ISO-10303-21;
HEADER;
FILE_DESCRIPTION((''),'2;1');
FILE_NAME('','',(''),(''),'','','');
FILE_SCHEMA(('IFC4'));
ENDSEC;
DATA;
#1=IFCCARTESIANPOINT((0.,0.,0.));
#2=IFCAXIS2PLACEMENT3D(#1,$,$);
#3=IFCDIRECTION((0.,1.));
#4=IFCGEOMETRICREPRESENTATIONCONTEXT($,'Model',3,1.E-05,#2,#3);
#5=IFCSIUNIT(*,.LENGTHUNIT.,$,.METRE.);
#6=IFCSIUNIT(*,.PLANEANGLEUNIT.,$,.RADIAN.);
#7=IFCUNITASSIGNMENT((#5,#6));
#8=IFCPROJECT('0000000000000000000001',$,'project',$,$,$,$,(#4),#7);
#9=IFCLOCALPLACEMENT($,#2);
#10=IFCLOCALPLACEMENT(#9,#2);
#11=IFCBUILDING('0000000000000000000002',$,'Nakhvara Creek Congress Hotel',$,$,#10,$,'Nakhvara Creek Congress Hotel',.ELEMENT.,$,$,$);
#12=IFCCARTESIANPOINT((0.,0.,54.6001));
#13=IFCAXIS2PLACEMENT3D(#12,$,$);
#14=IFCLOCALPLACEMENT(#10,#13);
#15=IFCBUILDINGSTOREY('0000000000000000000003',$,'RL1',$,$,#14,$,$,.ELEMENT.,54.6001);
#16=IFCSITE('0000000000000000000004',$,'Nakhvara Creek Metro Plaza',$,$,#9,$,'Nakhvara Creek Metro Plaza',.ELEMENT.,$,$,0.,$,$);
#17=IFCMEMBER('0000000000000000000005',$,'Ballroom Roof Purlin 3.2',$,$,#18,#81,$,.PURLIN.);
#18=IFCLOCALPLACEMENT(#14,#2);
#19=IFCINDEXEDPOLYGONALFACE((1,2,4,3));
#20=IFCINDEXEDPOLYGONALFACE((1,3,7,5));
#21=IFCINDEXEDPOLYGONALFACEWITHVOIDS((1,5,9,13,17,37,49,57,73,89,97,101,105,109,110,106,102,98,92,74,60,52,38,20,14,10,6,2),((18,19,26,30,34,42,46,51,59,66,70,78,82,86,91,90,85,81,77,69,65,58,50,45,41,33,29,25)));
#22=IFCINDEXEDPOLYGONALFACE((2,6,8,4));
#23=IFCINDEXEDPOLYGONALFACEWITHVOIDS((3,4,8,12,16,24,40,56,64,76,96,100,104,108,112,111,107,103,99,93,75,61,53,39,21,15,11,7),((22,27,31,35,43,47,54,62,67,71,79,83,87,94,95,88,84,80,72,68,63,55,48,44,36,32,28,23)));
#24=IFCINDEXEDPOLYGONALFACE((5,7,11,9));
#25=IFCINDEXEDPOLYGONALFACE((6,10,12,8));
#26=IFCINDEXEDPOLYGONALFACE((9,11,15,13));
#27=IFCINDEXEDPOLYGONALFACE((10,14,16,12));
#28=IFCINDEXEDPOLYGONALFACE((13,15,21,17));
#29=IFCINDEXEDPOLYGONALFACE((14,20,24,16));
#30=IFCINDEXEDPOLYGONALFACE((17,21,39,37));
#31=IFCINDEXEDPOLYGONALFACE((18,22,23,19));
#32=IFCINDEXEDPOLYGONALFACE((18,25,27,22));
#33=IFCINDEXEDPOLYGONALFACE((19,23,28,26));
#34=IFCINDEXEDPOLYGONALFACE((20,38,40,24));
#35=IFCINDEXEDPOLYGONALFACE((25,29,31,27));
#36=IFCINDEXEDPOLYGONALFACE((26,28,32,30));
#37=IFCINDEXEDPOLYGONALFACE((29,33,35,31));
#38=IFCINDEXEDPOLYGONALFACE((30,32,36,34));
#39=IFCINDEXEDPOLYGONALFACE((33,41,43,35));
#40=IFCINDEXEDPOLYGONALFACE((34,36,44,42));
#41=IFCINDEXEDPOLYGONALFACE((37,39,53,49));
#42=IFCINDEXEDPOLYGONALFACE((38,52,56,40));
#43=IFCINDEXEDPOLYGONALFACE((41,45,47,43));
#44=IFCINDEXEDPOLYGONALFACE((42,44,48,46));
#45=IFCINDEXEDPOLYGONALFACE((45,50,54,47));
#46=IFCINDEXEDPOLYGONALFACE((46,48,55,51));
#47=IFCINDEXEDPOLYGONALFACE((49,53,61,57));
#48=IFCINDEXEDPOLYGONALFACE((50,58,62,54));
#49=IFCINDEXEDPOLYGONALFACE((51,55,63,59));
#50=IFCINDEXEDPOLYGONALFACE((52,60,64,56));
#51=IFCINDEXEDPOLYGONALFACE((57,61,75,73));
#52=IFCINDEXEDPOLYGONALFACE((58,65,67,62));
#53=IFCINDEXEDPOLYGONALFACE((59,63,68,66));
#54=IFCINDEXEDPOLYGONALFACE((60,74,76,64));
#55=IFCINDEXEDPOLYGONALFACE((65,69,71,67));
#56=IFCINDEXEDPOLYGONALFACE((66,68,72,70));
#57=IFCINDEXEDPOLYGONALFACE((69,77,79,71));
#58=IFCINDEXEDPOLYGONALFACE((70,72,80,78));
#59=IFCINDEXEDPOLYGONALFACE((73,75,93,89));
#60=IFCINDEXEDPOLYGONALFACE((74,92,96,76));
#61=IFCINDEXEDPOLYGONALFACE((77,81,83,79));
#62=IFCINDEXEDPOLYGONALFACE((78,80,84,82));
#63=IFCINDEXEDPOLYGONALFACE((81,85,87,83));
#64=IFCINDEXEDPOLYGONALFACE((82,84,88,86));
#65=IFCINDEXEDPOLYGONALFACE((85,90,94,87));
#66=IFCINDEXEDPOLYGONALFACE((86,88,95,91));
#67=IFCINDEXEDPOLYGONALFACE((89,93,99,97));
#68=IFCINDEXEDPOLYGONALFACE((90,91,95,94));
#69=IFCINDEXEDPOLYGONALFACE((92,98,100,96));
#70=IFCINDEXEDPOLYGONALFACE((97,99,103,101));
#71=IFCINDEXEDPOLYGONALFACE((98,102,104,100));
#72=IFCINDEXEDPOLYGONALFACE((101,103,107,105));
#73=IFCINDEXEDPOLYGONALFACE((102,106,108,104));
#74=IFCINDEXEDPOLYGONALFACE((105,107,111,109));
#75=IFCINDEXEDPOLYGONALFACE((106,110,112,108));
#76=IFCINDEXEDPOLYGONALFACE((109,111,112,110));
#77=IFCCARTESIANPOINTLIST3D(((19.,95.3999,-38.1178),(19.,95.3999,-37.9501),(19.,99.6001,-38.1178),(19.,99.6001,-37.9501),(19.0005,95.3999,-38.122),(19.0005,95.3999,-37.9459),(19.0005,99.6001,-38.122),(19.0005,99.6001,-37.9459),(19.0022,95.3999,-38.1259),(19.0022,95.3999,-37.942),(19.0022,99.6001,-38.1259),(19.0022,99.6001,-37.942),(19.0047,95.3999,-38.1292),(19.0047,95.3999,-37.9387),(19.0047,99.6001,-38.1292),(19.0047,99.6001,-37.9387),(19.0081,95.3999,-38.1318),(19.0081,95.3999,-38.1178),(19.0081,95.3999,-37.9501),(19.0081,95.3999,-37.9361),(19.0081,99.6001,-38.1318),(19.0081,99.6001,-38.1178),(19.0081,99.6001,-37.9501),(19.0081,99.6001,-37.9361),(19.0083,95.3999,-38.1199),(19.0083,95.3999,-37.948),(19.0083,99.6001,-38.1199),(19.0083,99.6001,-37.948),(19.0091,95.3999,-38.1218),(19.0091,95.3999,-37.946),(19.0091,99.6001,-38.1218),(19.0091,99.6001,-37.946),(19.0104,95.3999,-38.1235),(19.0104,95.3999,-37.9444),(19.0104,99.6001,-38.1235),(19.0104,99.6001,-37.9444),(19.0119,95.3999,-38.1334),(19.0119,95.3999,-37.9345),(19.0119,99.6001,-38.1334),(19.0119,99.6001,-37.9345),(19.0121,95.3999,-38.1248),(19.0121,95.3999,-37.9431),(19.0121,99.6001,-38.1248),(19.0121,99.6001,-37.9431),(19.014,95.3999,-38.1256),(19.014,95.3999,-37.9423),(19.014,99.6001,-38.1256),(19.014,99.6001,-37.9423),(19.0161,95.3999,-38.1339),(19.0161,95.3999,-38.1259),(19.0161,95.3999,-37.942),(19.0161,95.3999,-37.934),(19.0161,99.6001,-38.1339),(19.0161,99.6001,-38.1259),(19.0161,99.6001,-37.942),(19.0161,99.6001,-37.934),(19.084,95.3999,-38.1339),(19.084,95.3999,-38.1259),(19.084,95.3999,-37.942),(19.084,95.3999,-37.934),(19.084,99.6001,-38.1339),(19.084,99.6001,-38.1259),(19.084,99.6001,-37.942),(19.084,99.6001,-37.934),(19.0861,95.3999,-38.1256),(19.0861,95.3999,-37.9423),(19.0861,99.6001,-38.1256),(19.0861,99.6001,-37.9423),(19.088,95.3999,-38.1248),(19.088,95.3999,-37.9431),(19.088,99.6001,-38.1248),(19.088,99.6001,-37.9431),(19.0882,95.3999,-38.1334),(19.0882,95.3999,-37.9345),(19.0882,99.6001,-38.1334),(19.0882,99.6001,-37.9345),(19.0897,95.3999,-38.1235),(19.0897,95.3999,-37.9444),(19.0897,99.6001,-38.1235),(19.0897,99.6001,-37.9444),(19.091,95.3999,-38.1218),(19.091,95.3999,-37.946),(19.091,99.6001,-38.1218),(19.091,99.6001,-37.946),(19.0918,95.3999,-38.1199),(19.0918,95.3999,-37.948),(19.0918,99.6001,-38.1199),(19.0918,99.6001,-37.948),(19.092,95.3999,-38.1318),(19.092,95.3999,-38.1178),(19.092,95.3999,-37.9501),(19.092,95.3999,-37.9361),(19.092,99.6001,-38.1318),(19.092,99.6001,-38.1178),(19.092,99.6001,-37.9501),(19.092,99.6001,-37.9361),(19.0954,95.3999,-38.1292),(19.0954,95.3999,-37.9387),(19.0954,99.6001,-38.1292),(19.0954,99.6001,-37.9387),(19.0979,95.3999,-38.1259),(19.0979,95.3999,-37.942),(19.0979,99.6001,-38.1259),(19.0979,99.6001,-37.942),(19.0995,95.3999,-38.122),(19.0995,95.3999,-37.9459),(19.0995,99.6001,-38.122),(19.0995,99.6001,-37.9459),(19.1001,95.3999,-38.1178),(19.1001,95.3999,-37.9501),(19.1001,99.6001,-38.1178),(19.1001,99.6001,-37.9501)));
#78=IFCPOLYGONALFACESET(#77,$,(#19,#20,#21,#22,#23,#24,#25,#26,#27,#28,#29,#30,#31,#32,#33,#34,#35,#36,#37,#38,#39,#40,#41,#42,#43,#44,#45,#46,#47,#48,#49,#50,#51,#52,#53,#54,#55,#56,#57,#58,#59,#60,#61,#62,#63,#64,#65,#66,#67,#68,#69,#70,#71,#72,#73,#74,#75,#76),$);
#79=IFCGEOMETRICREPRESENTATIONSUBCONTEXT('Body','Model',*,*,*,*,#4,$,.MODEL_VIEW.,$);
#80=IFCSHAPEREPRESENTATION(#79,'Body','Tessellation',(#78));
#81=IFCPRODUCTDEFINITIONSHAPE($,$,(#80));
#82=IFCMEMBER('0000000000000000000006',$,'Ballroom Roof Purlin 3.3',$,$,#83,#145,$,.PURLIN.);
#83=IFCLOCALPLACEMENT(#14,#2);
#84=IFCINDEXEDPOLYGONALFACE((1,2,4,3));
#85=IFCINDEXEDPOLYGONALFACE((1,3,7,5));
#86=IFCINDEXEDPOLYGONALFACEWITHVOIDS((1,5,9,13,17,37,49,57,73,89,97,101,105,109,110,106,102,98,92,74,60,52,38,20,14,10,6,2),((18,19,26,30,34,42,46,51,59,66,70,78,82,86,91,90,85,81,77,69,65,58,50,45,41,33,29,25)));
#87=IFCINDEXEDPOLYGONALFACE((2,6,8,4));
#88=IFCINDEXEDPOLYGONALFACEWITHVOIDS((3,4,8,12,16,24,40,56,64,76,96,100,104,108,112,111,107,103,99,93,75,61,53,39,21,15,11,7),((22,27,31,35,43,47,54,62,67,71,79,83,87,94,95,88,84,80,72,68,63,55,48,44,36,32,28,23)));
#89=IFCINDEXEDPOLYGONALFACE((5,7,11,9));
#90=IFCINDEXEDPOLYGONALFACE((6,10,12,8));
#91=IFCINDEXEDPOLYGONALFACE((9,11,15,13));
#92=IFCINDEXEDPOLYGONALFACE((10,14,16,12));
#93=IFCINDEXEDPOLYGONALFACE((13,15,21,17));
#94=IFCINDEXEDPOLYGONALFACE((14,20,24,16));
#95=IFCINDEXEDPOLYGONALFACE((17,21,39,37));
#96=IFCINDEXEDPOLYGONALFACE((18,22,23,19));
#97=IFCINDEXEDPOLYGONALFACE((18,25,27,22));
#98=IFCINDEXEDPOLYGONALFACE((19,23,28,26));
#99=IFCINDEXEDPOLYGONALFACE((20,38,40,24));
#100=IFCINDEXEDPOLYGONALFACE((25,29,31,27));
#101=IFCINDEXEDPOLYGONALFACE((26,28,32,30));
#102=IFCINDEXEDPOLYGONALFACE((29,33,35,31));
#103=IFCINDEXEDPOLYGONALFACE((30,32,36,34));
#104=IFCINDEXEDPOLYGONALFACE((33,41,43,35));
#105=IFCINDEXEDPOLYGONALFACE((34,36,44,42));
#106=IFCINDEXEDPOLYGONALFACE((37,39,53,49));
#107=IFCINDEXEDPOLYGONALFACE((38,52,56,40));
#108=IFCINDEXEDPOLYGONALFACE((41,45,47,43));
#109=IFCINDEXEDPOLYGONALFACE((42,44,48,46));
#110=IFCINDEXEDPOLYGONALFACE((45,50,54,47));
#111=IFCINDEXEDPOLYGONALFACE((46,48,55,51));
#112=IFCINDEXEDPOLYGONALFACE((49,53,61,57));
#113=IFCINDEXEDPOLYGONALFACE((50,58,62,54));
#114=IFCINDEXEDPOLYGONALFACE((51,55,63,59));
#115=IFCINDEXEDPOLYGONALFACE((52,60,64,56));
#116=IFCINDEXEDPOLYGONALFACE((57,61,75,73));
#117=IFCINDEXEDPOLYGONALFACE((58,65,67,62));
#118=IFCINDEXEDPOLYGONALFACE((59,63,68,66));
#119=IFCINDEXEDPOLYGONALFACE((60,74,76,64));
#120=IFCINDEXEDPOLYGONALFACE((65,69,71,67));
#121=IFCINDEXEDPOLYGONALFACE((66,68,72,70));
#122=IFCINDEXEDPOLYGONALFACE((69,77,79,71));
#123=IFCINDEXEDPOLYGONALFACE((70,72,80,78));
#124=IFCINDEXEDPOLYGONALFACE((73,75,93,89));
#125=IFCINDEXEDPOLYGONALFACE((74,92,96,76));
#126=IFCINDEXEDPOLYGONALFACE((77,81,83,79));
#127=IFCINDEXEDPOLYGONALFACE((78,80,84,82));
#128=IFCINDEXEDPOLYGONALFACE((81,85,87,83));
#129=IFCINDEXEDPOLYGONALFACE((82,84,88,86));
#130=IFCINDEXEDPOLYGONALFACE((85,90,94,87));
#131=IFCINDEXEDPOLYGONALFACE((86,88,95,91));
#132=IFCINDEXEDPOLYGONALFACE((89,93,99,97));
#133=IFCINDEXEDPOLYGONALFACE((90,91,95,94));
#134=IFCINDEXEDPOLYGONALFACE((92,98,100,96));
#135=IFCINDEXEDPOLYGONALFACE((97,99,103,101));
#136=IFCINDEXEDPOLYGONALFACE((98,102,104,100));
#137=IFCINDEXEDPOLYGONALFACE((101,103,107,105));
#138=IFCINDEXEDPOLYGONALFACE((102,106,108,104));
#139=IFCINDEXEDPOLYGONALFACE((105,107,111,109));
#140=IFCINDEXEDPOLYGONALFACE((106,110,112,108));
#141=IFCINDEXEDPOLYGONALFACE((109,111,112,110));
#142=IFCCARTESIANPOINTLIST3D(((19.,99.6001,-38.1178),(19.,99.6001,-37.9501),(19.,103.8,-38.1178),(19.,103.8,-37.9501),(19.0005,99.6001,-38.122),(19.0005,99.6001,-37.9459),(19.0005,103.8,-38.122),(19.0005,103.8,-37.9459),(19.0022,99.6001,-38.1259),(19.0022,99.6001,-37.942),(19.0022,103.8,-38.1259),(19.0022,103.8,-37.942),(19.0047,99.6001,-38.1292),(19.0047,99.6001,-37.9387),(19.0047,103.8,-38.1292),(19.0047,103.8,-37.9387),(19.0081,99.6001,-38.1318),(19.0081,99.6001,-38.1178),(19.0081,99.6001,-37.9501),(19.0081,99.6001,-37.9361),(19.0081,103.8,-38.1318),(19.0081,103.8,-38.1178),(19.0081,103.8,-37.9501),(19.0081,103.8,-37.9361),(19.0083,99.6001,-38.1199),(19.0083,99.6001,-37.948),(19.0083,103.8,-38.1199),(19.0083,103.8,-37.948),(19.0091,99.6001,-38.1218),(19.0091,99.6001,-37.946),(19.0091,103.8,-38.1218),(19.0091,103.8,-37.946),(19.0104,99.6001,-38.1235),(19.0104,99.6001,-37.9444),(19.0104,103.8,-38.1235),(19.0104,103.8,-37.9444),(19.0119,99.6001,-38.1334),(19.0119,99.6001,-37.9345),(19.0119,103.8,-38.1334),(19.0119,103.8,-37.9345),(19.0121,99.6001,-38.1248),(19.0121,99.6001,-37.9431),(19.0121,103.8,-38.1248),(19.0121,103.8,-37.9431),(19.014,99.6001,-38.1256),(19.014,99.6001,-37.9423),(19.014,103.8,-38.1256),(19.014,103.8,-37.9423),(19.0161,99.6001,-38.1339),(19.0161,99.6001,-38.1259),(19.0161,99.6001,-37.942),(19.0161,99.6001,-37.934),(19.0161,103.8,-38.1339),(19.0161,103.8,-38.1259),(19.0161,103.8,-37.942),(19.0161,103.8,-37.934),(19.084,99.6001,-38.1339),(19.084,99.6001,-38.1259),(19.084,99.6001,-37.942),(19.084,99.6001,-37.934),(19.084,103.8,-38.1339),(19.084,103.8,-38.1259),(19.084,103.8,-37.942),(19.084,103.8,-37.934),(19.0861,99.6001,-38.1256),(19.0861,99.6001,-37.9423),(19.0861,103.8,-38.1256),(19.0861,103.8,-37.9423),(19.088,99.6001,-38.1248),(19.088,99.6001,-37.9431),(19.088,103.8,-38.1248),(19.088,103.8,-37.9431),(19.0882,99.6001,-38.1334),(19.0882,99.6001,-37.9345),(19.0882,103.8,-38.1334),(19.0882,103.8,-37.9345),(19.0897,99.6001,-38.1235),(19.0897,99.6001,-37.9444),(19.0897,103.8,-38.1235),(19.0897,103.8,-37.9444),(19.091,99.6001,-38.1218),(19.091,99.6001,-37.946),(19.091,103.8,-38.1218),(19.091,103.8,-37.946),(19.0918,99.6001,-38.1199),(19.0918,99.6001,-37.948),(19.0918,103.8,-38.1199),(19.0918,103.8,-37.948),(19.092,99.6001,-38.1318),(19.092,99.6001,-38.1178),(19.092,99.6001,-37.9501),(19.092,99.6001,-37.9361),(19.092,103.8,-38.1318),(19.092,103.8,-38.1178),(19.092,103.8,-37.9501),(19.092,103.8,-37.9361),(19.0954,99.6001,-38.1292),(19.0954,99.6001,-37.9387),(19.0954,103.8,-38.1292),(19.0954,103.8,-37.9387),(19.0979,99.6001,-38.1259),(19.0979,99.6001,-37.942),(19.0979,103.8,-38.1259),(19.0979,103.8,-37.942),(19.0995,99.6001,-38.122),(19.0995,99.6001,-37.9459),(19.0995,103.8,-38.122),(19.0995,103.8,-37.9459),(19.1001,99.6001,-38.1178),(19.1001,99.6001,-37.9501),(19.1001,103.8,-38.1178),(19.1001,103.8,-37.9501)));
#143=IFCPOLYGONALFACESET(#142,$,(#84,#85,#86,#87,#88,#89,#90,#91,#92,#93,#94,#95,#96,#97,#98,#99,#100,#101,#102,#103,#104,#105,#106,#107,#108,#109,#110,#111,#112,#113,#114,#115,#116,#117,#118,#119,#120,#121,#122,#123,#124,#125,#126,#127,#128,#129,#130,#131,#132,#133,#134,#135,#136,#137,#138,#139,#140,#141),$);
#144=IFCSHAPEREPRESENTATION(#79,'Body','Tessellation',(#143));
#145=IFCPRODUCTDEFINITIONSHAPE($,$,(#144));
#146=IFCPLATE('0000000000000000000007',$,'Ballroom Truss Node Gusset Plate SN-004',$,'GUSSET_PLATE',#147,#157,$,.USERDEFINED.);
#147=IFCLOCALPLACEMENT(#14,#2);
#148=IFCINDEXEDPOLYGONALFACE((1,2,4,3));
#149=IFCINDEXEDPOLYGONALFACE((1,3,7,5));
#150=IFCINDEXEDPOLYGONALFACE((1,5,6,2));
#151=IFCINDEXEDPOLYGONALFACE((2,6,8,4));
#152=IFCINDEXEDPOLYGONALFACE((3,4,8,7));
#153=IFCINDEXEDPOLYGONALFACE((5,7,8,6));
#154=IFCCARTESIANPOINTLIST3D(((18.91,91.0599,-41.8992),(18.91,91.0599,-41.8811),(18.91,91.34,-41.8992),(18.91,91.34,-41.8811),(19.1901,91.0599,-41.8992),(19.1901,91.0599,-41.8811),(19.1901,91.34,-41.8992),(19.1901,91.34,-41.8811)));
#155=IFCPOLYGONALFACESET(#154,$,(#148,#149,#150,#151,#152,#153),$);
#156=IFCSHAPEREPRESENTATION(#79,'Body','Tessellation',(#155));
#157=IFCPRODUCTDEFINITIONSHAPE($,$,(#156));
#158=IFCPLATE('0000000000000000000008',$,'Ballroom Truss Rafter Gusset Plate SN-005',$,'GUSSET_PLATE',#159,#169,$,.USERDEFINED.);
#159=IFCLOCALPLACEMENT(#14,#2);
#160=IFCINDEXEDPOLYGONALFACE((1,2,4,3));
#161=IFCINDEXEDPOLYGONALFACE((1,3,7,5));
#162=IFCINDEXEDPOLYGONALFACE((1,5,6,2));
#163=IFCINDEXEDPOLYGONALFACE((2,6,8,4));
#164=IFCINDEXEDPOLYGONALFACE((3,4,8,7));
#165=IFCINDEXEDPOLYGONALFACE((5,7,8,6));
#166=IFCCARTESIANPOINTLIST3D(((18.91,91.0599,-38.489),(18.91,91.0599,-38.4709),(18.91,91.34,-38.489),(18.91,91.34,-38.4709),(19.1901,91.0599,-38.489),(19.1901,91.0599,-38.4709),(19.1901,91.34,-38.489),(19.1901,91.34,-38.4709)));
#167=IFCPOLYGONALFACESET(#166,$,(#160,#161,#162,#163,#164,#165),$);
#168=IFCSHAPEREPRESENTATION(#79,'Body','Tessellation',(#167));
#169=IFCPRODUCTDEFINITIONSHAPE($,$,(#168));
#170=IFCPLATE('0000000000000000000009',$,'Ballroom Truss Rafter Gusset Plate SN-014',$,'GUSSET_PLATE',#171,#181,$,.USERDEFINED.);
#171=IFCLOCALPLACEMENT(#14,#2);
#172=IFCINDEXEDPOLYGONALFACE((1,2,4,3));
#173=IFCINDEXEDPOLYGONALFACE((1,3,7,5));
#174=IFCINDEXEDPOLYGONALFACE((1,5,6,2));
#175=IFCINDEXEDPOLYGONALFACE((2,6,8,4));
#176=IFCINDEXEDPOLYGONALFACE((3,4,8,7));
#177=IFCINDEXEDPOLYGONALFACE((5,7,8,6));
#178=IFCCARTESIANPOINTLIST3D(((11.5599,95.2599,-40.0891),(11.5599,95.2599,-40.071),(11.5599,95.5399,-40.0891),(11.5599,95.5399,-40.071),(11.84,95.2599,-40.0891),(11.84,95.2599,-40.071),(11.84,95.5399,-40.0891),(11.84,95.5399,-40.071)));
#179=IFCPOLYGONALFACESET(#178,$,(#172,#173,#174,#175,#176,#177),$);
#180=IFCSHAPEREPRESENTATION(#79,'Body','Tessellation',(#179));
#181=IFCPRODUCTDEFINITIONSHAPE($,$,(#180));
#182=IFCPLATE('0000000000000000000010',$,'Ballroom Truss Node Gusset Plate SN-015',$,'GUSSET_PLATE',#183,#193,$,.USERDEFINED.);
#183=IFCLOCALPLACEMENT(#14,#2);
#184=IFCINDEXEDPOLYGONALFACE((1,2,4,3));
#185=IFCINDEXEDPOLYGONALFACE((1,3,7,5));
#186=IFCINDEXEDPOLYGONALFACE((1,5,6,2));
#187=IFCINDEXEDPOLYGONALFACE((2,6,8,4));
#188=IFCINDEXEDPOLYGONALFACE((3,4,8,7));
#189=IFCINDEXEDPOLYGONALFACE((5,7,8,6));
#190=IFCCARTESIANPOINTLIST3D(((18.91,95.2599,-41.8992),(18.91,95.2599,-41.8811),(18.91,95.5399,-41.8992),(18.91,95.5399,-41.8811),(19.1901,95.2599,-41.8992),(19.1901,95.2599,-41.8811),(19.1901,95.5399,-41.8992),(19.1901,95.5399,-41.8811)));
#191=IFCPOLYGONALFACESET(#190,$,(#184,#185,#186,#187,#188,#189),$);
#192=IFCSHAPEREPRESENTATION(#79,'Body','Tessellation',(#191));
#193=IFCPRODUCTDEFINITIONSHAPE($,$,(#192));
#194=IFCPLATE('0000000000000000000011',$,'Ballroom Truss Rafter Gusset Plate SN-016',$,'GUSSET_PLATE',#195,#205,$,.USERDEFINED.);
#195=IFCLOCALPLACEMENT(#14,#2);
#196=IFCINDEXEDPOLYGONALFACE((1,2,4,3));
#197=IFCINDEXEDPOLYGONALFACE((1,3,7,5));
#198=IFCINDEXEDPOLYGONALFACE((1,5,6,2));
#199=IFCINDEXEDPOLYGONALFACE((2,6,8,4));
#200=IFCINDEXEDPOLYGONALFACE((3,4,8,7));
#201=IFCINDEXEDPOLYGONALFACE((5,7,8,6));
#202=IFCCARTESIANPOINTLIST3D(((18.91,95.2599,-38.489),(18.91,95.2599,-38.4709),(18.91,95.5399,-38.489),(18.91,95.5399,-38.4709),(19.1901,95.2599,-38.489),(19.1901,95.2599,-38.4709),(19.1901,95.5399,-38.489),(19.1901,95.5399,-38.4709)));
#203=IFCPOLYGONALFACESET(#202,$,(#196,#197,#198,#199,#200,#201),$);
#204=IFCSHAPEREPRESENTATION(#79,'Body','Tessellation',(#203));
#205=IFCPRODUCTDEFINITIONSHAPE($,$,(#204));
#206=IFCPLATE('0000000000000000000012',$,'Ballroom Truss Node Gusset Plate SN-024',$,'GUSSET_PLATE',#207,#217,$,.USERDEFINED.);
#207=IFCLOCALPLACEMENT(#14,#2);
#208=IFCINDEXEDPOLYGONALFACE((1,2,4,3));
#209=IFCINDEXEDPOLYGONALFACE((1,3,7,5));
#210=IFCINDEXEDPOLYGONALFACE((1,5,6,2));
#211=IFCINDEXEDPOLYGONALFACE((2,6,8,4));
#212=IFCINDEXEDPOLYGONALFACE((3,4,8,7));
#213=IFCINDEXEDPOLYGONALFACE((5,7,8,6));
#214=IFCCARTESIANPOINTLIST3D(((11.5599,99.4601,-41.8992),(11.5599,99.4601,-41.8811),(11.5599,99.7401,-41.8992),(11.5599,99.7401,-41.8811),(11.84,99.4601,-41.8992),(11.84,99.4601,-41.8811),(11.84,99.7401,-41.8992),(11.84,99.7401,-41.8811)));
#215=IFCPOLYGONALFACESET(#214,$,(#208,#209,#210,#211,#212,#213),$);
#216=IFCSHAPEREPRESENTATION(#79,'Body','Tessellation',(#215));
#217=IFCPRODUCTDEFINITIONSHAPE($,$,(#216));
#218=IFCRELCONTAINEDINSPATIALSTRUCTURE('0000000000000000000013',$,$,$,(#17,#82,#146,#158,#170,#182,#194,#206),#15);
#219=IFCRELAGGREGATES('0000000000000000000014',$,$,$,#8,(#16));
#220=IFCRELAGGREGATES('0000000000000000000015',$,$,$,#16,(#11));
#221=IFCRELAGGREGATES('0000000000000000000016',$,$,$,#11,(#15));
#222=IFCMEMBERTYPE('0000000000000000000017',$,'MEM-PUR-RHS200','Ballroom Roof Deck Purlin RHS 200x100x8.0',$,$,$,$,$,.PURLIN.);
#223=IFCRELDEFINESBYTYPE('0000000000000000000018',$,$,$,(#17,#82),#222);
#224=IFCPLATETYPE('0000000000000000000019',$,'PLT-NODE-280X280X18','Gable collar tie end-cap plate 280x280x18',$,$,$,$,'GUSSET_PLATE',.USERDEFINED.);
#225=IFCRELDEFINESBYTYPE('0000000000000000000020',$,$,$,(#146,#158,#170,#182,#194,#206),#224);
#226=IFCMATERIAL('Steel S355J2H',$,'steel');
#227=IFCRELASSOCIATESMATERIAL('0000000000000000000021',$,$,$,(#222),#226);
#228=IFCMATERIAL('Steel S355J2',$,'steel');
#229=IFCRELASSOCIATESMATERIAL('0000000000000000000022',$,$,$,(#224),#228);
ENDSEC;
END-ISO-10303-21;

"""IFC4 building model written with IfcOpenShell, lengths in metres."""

from ifc_helpers import new_model, si_unit, direction, frame, origin, origin_2d, place, context, subcontext, project, spatial, rectangle, hollow_rectangle, extrude, material, material_profile, profile_set, type_object, element, save


model = new_model("IFC4")

# Units and contexts
model_context = context("Model", 3, precision=1e-05, world=origin(), true_north=direction((0.0, 1.0)))
body_context = subcontext(model_context, "Body", "Model", "MODEL_VIEW")
ifc_project = project(units=[si_unit("LENGTHUNIT", "METRE"), si_unit("PLANEANGLEUNIT", "RADIAN")], contexts=[model_context])

# Site, building, storey
site_placement = place(None, origin())
site = spatial("IfcSite", under=ifc_project, at=site_placement, Name="Nakhvara Creek Metro Plaza", LongName="Nakhvara Creek Metro Plaza", CompositionType="ELEMENT", RefElevation=0.0)
building_placement = place(site_placement, origin())
building = spatial("IfcBuilding", under=site, at=building_placement, Name="Nakhvara Creek Congress Hotel", LongName="Nakhvara Creek Congress Hotel", CompositionType="ELEMENT")
storey_placement = place(building_placement, frame((0.0, 0.0, 54.6001)))
storey = spatial("IfcBuildingStorey", under=building, at=storey_placement, Name="RL1", CompositionType="ELEMENT", Elevation=54.6001)

# Members
ifc_material_1 = material(Name="Steel S355J2H", Category="steel")
ifc_material_profile_1 = material_profile(ifc_material_1, hollow_rectangle(XDim=0.1001, YDim=0.2, WallThickness=0.0081, InnerFilletRadius=0.0081, OuterFilletRadius=0.0161, at=origin_2d()), Name="RHS 200x100x8.0", Category="LoadBearing")
ifc_profile_set_1 = profile_set([ifc_material_profile_1], Name="Steel S355J2H")
member_type_1 = type_object("IfcMemberType", Name="MEM-PUR-RHS200", Description="Ballroom Roof Deck Purlin RHS 200x100x8.0", PredefinedType="PURLIN", material=ifc_profile_set_1)
member_1_placement = place(storey_placement, frame((19.05, 95.3999, -38.0339), z_axis=(0.0, 1.0, 0.0), x_axis=(-1.0, 0.0, 0.0)))
element("IfcMember", 1, at=member_1_placement, inside=storey, type_object=member_type_1, Name="Ballroom Roof Purlin 3.2", PredefinedType="PURLIN", context=body_context, shape_type="SweptSolid", body=[
    extrude(hollow_rectangle(XDim=0.1001, YDim=0.2, WallThickness=0.0081, InnerFilletRadius=0.0081, OuterFilletRadius=0.0161, at=origin_2d()), origin(), (0.0, 0.0, 1.0), 4.2002),
])
member_2_placement = place(storey_placement, frame((19.05, 99.6001, -38.0339), z_axis=(0.0, 1.0, 0.0), x_axis=(-1.0, 0.0, 0.0)))
element("IfcMember", 2, at=member_2_placement, inside=storey, type_object=member_type_1, Name="Ballroom Roof Purlin 3.3", PredefinedType="PURLIN", context=body_context, shape_type="SweptSolid", body=[
    extrude(hollow_rectangle(XDim=0.1001, YDim=0.2, WallThickness=0.0081, InnerFilletRadius=0.0081, OuterFilletRadius=0.0161, at=origin_2d()), origin(), (0.0, 0.0, 1.0), 4.2),
])

# Plates
ifc_material_2 = material(Name="Steel S355J2", Category="steel")
plate_type = type_object("IfcPlateType", Name="PLT-NODE-280X280X18", Description="Gable collar tie end-cap plate 280x280x18", ElementType="GUSSET_PLATE", PredefinedType="USERDEFINED", material=ifc_material_2)
for number, where, z_axis, x_axis, name in (
    (3, (19.05, 91.2, -41.8992), (0.0, 0.0, 1.0), (1.0, 0.0, 0.0), "Ballroom Truss Node Gusset Plate SN-004"),
    (4, (19.05, 91.2, -38.489), (0.0, 0.0, 1.0), (1.0, 0.0, 0.0), "Ballroom Truss Rafter Gusset Plate SN-005"),
    (5, (11.7, 95.3999, -40.0891), (0.0, 0.0, 1.0), (1.0, 0.0, 0.0), "Ballroom Truss Rafter Gusset Plate SN-014"),
    (6, (19.05, 95.3999, -41.8992), (0.0, 0.0, 1.0), (1.0, 0.0, 0.0), "Ballroom Truss Node Gusset Plate SN-015"),
    (7, (19.05, 95.3999, -38.489), (0.0, 0.0, 1.0), (1.0, 0.0, 0.0), "Ballroom Truss Rafter Gusset Plate SN-016"),
    (8, (11.7, 99.6001, -41.8992), (0.0, 0.0, 1.0), (1.0, 0.0, 0.0), "Ballroom Truss Node Gusset Plate SN-024"),
):
    element("IfcPlate", number, at=place(storey_placement, frame(where, z_axis=z_axis, x_axis=x_axis)), inside=storey, type_object=plate_type, Name=name, ObjectType="GUSSET_PLATE", PredefinedType="USERDEFINED", context=body_context, shape_type="SweptSolid", body=[
        extrude(rectangle(XDim=0.28, YDim=0.28, at=origin_2d()), origin(), (0.0, 0.0, 1.0), 0.0181),
    ])

save(model, "model.ifc")
